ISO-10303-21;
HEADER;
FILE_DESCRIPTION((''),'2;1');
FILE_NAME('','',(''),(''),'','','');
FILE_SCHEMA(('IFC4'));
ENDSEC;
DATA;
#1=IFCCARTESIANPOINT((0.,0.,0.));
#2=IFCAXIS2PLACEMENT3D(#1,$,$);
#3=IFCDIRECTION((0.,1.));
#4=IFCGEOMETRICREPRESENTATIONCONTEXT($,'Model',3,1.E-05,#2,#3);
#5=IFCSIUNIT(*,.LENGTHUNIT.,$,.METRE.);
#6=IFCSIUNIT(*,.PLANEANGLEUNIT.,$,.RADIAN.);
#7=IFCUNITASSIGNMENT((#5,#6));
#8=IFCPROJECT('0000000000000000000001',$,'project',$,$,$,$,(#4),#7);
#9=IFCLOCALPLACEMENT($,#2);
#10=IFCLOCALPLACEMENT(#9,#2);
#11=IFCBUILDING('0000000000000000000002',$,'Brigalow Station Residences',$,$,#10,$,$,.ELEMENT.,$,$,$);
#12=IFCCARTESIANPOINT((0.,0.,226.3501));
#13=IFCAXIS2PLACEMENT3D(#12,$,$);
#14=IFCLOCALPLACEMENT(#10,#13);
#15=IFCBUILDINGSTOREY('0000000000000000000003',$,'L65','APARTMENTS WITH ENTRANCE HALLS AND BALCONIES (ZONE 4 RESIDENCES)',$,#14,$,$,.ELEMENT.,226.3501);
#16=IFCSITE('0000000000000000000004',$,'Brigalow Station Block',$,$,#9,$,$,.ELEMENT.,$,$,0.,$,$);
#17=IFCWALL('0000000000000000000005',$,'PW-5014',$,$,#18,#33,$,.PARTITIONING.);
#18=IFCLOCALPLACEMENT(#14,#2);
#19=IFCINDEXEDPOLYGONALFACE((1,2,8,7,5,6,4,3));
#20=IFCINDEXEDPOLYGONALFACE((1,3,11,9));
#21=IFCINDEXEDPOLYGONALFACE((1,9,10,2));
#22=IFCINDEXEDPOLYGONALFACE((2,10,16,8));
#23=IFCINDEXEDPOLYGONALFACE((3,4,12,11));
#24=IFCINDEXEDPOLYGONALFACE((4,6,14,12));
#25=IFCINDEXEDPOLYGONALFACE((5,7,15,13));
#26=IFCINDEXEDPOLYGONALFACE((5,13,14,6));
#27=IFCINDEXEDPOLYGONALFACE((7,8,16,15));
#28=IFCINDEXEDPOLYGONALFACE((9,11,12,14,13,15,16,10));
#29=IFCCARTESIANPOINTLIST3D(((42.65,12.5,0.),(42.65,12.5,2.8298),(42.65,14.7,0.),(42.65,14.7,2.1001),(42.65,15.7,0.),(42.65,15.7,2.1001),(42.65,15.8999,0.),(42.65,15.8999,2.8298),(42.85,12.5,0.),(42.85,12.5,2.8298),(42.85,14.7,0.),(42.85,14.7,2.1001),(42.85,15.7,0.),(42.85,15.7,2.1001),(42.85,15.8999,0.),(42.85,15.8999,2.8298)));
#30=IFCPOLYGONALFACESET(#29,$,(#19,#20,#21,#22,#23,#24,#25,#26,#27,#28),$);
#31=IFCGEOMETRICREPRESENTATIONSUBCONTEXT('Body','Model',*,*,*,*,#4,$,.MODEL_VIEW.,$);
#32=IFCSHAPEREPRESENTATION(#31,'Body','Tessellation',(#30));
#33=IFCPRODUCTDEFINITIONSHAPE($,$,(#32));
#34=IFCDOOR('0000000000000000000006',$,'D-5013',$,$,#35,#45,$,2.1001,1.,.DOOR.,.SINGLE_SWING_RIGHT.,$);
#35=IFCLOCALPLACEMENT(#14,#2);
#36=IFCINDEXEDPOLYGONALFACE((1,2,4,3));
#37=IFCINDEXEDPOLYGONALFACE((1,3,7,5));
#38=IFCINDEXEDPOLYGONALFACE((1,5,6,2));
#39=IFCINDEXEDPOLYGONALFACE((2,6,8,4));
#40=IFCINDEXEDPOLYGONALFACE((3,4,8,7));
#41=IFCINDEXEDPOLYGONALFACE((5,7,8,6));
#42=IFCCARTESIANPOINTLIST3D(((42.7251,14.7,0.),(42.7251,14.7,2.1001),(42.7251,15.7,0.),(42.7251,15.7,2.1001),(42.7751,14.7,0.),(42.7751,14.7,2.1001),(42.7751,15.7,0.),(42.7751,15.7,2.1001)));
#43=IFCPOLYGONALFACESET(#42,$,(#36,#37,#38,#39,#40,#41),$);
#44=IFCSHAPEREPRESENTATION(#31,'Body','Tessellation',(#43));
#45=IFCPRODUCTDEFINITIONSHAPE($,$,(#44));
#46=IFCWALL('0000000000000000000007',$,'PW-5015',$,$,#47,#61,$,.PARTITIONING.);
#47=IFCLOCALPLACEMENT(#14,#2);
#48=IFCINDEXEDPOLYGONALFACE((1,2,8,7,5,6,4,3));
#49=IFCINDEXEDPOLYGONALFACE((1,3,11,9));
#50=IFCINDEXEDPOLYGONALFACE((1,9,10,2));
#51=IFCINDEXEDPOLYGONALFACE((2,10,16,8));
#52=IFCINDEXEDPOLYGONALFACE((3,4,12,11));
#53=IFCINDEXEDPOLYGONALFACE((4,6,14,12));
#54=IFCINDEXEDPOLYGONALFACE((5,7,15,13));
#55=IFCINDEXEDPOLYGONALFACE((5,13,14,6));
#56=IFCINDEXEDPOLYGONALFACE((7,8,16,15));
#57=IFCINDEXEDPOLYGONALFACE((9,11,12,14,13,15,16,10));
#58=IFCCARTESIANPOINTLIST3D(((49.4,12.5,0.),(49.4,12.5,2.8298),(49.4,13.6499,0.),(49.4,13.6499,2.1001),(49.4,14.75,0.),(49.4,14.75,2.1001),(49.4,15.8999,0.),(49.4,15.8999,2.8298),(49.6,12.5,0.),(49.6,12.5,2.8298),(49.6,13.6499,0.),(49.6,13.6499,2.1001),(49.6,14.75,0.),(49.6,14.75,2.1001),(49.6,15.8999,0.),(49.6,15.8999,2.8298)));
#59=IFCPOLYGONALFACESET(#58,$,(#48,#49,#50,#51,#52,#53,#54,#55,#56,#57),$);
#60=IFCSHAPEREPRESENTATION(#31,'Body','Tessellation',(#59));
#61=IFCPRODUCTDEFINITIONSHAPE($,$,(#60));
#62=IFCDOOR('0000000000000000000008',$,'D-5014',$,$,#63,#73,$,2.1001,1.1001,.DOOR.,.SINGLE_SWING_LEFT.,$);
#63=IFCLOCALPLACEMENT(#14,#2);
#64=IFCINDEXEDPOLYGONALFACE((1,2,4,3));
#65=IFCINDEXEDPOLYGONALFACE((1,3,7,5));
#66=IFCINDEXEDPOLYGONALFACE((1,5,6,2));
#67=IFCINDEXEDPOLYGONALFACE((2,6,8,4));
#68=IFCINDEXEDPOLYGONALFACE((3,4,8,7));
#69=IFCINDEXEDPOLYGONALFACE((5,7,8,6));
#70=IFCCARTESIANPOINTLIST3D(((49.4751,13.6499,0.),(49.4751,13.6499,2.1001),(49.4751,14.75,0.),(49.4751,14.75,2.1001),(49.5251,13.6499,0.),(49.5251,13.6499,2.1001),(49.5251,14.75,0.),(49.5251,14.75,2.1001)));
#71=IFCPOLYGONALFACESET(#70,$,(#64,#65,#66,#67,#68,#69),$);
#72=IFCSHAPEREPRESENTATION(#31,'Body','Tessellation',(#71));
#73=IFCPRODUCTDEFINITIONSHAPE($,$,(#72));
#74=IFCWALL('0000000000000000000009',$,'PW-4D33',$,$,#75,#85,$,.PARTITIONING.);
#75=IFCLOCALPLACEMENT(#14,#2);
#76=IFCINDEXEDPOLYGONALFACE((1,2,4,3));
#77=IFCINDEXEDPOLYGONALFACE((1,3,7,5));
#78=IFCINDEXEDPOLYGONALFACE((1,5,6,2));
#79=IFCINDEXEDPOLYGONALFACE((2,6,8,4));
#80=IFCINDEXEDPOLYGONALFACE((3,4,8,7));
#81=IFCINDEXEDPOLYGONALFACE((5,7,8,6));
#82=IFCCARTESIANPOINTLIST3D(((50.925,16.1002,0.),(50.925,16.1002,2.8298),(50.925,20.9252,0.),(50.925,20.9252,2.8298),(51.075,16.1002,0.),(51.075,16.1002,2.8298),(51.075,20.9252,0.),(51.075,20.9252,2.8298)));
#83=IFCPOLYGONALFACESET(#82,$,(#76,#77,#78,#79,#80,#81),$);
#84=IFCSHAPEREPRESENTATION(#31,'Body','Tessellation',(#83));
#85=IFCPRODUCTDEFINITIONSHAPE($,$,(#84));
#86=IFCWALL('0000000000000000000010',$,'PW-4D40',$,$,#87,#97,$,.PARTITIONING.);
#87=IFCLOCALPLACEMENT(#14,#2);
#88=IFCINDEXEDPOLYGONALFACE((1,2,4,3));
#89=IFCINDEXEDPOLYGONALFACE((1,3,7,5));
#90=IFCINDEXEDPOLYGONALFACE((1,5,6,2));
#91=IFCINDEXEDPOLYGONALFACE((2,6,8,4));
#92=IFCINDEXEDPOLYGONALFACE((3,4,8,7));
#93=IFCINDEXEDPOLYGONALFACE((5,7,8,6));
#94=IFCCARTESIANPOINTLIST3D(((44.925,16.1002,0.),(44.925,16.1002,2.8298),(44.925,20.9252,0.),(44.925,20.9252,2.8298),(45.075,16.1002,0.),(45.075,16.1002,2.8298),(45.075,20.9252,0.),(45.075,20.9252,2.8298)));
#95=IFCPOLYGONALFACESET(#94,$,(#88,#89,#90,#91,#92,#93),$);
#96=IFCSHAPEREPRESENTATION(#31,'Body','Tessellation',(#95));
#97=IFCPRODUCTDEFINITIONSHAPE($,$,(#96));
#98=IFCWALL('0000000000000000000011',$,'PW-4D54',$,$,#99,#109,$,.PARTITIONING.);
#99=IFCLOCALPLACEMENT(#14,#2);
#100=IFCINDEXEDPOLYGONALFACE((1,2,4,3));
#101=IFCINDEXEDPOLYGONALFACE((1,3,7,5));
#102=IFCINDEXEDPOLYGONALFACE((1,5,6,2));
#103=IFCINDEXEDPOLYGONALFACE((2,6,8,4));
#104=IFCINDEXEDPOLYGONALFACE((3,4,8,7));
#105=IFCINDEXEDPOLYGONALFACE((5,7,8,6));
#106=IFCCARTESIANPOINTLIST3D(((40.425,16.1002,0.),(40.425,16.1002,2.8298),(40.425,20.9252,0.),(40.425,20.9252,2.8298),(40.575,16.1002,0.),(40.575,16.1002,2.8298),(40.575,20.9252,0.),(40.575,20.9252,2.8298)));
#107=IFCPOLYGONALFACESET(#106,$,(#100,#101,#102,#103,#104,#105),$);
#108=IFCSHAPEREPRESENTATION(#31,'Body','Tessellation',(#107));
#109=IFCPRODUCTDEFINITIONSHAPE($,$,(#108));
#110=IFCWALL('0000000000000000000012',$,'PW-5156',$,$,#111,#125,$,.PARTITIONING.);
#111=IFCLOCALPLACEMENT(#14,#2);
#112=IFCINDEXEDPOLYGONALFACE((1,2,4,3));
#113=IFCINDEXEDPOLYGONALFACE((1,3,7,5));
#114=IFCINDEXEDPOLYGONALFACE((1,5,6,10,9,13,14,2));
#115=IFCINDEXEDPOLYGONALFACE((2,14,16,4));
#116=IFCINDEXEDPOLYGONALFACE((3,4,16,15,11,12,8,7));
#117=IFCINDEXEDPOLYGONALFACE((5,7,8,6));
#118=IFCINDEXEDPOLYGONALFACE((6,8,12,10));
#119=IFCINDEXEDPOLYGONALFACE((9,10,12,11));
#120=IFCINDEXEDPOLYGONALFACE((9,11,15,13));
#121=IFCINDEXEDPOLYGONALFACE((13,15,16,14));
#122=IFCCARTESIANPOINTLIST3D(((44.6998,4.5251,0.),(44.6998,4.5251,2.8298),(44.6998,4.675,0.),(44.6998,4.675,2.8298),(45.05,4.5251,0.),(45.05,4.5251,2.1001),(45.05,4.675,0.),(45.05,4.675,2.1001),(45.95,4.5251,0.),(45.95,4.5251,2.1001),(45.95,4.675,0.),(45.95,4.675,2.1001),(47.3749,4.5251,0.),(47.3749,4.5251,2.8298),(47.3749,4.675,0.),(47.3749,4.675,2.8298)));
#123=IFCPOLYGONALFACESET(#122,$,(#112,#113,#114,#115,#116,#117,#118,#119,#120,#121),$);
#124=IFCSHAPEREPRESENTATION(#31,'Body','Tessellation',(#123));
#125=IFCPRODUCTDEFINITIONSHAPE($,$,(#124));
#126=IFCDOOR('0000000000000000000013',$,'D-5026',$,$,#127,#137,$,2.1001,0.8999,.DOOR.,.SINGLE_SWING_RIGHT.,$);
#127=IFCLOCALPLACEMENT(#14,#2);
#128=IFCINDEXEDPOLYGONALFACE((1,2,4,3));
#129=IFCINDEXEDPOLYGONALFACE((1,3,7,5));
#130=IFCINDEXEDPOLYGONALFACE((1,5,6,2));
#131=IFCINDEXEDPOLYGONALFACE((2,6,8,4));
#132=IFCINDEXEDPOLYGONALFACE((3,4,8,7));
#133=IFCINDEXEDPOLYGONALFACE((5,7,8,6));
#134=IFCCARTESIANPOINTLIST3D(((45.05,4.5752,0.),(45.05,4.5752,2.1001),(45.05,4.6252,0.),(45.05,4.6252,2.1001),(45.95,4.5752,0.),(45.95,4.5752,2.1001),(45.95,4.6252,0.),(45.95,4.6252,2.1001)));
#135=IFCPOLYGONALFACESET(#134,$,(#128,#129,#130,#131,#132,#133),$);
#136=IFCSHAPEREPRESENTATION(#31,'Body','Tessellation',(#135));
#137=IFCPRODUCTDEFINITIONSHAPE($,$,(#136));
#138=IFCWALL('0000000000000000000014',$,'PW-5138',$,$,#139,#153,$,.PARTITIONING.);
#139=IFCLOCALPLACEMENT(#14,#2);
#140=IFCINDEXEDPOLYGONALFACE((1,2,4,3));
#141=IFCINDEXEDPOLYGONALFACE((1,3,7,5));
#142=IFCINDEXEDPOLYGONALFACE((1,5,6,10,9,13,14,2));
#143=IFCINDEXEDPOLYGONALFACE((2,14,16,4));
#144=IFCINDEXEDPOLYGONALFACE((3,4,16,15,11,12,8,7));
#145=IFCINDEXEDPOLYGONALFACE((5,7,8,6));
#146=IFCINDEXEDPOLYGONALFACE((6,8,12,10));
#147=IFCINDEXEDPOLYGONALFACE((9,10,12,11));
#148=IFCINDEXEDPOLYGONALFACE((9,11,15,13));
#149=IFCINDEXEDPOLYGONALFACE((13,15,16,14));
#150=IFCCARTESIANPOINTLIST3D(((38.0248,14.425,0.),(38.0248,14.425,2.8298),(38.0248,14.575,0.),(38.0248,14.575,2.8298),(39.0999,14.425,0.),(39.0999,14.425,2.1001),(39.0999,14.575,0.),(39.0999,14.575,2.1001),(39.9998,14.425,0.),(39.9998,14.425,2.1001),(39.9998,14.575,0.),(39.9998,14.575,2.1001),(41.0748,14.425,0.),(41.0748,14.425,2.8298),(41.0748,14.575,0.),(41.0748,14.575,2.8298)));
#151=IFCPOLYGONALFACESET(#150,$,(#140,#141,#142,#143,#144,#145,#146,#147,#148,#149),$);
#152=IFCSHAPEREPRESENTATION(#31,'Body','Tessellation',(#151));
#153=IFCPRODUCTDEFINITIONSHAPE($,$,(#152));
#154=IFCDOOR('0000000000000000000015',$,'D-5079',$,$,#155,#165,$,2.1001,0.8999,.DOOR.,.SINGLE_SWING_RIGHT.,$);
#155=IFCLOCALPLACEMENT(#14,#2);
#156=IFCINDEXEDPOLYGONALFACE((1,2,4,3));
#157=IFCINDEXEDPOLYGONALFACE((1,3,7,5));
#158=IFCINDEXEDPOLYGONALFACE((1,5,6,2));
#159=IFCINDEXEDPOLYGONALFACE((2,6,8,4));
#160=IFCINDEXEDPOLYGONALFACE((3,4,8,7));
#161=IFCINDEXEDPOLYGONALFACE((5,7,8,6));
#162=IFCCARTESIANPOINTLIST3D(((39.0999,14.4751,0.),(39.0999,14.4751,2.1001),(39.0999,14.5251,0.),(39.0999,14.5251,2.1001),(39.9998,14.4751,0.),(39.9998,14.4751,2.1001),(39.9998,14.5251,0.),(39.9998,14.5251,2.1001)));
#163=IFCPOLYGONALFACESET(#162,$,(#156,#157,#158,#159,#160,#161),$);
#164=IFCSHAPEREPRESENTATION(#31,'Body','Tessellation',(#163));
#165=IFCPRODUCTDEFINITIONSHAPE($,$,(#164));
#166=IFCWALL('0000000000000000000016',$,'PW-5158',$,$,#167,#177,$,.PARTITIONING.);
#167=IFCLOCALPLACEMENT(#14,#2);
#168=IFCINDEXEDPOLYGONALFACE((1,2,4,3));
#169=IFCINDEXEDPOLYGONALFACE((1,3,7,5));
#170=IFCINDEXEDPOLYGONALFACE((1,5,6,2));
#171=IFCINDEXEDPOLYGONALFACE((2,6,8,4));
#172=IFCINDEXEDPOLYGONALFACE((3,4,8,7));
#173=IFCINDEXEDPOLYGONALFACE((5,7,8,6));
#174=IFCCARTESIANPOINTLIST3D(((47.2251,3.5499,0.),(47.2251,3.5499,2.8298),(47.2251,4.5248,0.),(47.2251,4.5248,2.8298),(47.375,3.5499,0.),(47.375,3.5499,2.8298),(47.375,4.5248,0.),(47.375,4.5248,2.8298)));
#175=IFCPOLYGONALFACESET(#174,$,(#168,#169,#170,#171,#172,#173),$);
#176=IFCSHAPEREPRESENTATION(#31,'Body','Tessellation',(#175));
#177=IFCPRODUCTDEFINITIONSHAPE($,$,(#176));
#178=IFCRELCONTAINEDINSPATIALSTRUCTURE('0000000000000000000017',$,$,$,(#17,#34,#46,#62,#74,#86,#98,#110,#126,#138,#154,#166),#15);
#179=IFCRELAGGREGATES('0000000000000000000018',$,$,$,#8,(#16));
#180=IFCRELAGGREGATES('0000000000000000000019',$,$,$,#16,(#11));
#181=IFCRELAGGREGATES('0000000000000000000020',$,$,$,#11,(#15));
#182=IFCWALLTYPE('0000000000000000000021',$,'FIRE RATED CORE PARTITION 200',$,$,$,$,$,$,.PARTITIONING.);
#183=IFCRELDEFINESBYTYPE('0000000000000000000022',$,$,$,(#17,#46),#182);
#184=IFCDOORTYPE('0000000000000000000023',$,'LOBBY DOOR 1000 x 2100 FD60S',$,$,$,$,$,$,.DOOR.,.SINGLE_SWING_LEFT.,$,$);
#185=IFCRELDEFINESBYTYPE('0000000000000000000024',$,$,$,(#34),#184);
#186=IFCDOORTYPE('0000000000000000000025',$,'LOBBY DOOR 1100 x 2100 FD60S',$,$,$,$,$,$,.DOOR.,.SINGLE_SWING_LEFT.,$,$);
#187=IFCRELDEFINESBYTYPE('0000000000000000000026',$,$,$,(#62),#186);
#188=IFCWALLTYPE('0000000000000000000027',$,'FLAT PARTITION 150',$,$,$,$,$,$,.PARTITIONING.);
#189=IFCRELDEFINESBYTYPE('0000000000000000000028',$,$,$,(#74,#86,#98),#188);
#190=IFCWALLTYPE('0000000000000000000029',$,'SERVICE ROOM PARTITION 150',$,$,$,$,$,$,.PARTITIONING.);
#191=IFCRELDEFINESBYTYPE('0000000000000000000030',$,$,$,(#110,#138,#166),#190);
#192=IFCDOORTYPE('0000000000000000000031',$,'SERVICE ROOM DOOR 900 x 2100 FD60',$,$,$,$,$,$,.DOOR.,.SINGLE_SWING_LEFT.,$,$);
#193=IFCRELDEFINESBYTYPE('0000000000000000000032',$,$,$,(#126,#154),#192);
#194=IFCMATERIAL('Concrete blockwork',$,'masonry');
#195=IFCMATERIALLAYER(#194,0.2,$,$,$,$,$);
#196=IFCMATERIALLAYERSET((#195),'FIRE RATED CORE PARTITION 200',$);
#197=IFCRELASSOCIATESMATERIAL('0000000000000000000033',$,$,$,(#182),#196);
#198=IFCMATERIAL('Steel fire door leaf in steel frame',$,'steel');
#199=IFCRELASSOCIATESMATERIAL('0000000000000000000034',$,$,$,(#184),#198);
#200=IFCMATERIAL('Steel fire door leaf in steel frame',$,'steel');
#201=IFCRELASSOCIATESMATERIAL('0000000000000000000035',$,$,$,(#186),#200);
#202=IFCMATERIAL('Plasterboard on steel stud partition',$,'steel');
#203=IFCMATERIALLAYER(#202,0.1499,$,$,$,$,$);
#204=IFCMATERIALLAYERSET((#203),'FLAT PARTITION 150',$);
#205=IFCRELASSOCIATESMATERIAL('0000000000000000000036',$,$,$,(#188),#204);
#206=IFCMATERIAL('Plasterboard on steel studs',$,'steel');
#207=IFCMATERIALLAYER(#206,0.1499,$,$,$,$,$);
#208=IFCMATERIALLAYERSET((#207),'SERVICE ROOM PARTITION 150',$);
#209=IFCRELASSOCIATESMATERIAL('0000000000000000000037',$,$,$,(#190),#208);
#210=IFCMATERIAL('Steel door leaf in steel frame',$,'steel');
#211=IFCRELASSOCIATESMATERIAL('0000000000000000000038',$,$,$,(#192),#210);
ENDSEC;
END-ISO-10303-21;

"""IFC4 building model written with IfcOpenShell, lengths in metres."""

from ifc_helpers import new_model, si_unit, direction, frame, frame_2d, origin, place, context, subcontext, project, spatial, rectangle, extrude, material, layer, layer_set, type_object, element, fill, save


model = new_model("IFC4")

# Units and contexts
model_context = context("Model", 3, precision=1e-05, world=origin(), true_north=direction((0.0, 1.0)))
body_context = subcontext(model_context, "Body", "Model", "MODEL_VIEW")
ifc_project = project(units=[si_unit("LENGTHUNIT", "METRE"), si_unit("PLANEANGLEUNIT", "RADIAN")], contexts=[model_context])

# Site, building, storey
site_placement = place(None, origin())
site = spatial("IfcSite", under=ifc_project, at=site_placement, Name="Brigalow Station Block", CompositionType="ELEMENT", RefElevation=0.0)
building_placement = place(site_placement, origin())
building = spatial("IfcBuilding", under=site, at=building_placement, Name="Brigalow Station Residences", CompositionType="ELEMENT")
storey_placement = place(building_placement, frame((0.0, 0.0, 226.3501)))
storey = spatial("IfcBuildingStorey", under=building, at=storey_placement, Name="L65", Description="APARTMENTS WITH ENTRANCE HALLS AND BALCONIES (ZONE 4 RESIDENCES)", CompositionType="ELEMENT", Elevation=226.3501)

# Shared definitions
ifc_material_1 = material(Name="Concrete blockwork", Category="masonry")
ifc_layer_1 = layer(ifc_material_1, 0.2)
ifc_layer_set_1 = layer_set([ifc_layer_1], Name="FIRE RATED CORE PARTITION 200")
wall_type_1 = type_object("IfcWallType", Name="FIRE RATED CORE PARTITION 200", PredefinedType="PARTITIONING", material=ifc_layer_set_1)

# Walls, openings, doors
wall_1_placement = place(storey_placement, frame((42.75, 12.5, 0.0), z_axis=(0.0, 0.0, 1.0), x_axis=(0.0, 1.0, 0.0)))
wall_1 = element("IfcWall", 1, at=wall_1_placement, inside=storey, type_object=wall_type_1, Name="PW-5014", PredefinedType="PARTITIONING", context=body_context, shape_type="SweptSolid", body=[
    extrude(rectangle(XDim=3.3999, YDim=0.2, at=frame_2d((1.7, 0.0))), origin(), (0.0, 0.0, 1.0), 2.8298),
])
opening_1_placement = place(wall_1_placement, frame((2.2, 0.0, 0.0)))
opening_1 = element("IfcOpeningElement", 2, at=opening_1_placement, cuts=wall_1, PredefinedType="OPENING", context=body_context, shape_type="SweptSolid", body=[
    extrude(rectangle(XDim=1.0, YDim=2.1001, at=frame_2d((0.5, 1.05))), frame((0.0, 0.1099, 0.0), z_axis=(0.0, -1.0, 0.0), x_axis=(1.0, 0.0, 0.0)), (0.0, 0.0, 1.0), 0.22),
])
ifc_material_2 = material(Name="Steel fire door leaf in steel frame", Category="steel")
door_type_1 = type_object("IfcDoorType", Name="LOBBY DOOR 1000 x 2100 FD60S", OperationType="SINGLE_SWING_LEFT", PredefinedType="DOOR", material=ifc_material_2)
door_1_placement = place(opening_1_placement, origin())
door_1 = element("IfcDoor", 3, at=door_1_placement, inside=storey, type_object=door_type_1, Name="D-5013", OperationType="SINGLE_SWING_RIGHT", OverallHeight=2.1001, OverallWidth=1.0, PredefinedType="DOOR", context=body_context, shape_type="SweptSolid", body=[
    extrude(rectangle(XDim=1.0, YDim=2.1001, at=frame_2d((0.5, 1.05))), frame((0.0, 0.0249, 0.0), z_axis=(0.0, -1.0, 0.0), x_axis=(1.0, 0.0, 0.0)), (0.0, 0.0, 1.0), 0.05),
])
fill(opening_1, door_1)
wall_2_placement = place(storey_placement, frame((49.5, 12.5, 0.0), z_axis=(0.0, 0.0, 1.0), x_axis=(0.0, 1.0, 0.0)))
wall_2 = element("IfcWall", 4, at=wall_2_placement, inside=storey, type_object=wall_type_1, Name="PW-5015", PredefinedType="PARTITIONING", context=body_context, shape_type="SweptSolid", body=[
    extrude(rectangle(XDim=3.3999, YDim=0.2, at=frame_2d((1.7, 0.0))), origin(), (0.0, 0.0, 1.0), 2.8298),
])
opening_2_placement = place(wall_2_placement, frame((1.1499, 0.0, 0.0)))
opening_2 = element("IfcOpeningElement", 5, at=opening_2_placement, cuts=wall_2, PredefinedType="OPENING", context=body_context, shape_type="SweptSolid", body=[
    extrude(rectangle(XDim=1.1001, YDim=2.1001, at=frame_2d((0.55, 1.05))), frame((0.0, 0.1099, 0.0), z_axis=(0.0, -1.0, 0.0), x_axis=(1.0, 0.0, 0.0)), (0.0, 0.0, 1.0), 0.22),
])
ifc_material_3 = material(Name="Steel fire door leaf in steel frame", Category="steel")
door_type_2 = type_object("IfcDoorType", Name="LOBBY DOOR 1100 x 2100 FD60S", OperationType="SINGLE_SWING_LEFT", PredefinedType="DOOR", material=ifc_material_3)
door_2_placement = place(opening_2_placement, origin())
door_2 = element("IfcDoor", 6, at=door_2_placement, inside=storey, type_object=door_type_2, Name="D-5014", OperationType="SINGLE_SWING_LEFT", OverallHeight=2.1001, OverallWidth=1.1001, PredefinedType="DOOR", context=body_context, shape_type="SweptSolid", body=[
    extrude(rectangle(XDim=1.1001, YDim=2.1001, at=frame_2d((0.55, 1.05))), frame((0.0, 0.0249, 0.0), z_axis=(0.0, -1.0, 0.0), x_axis=(1.0, 0.0, 0.0)), (0.0, 0.0, 1.0), 0.05),
])
fill(opening_2, door_2)

# Walls
ifc_material_4 = material(Name="Plasterboard on steel stud partition", Category="steel")
ifc_layer_2 = layer(ifc_material_4, 0.1499)
ifc_layer_set_2 = layer_set([ifc_layer_2], Name="FLAT PARTITION 150")
wall_type_2 = type_object("IfcWallType", Name="FLAT PARTITION 150", PredefinedType="PARTITIONING", material=ifc_layer_set_2)
for number, where, z_axis, x_axis, name in (
    (7, (51.0, 16.1001, 0.0), (0.0, 0.0, 1.0), (0.0, 1.0, 0.0), "PW-4D33"),
    (8, (45.0, 16.1001, 0.0), (0.0, 0.0, 1.0), (0.0, 1.0, 0.0), "PW-4D40"),
    (9, (40.5, 16.1001, 0.0), (0.0, 0.0, 1.0), (0.0, 1.0, 0.0), "PW-4D54"),
):
    element("IfcWall", number, at=place(storey_placement, frame(where, z_axis=z_axis, x_axis=x_axis)), inside=storey, type_object=wall_type_2, Name=name, PredefinedType="PARTITIONING", context=body_context, shape_type="SweptSolid", body=[
        extrude(rectangle(XDim=4.825, YDim=0.1499, at=frame_2d((2.4126, 0.0))), origin(), (0.0, 0.0, 1.0), 2.8298),
    ])

# Walls, openings, doors
ifc_material_5 = material(Name="Plasterboard on steel studs", Category="steel")
ifc_layer_3 = layer(ifc_material_5, 0.1499)
ifc_layer_set_3 = layer_set([ifc_layer_3], Name="SERVICE ROOM PARTITION 150")
wall_type_3 = type_object("IfcWallType", Name="SERVICE ROOM PARTITION 150", PredefinedType="PARTITIONING", material=ifc_layer_set_3)
wall_3_placement = place(storey_placement, frame((44.7, 4.6001, 0.0), z_axis=(0.0, 0.0, 1.0), x_axis=(1.0, 0.0, 0.0)))
wall_3 = element("IfcWall", 10, at=wall_3_placement, inside=storey, type_object=wall_type_3, Name="PW-5156", PredefinedType="PARTITIONING", context=body_context, shape_type="SweptSolid", body=[
    extrude(rectangle(XDim=2.675, YDim=0.1499, at=frame_2d((1.3374, 0.0))), origin(), (0.0, 0.0, 1.0), 2.8298),
])
opening_3_placement = place(wall_3_placement, frame((0.3501, 0.0, 0.0)))
opening_3 = element("IfcOpeningElement", 11, at=opening_3_placement, cuts=wall_3, PredefinedType="OPENING", context=body_context, shape_type="SweptSolid", body=[
    extrude(rectangle(XDim=0.8999, YDim=2.1001, at=frame_2d((0.45, 1.05))), frame((0.0, 0.085, 0.0), z_axis=(0.0, -1.0, 0.0), x_axis=(1.0, 0.0, 0.0)), (0.0, 0.0, 1.0), 0.1699),
])
ifc_material_6 = material(Name="Steel door leaf in steel frame", Category="steel")
door_type_3 = type_object("IfcDoorType", Name="SERVICE ROOM DOOR 900 x 2100 FD60", OperationType="SINGLE_SWING_LEFT", PredefinedType="DOOR", material=ifc_material_6)
door_3_placement = place(opening_3_placement, frame((0.8999, 0.0, 0.0), z_axis=(0.0, 0.0, 1.0), x_axis=(-1.0, 0.0, 0.0)))
door_3 = element("IfcDoor", 12, at=door_3_placement, inside=storey, type_object=door_type_3, Name="D-5026", OperationType="SINGLE_SWING_RIGHT", OverallHeight=2.1001, OverallWidth=0.8999, PredefinedType="DOOR", context=body_context, shape_type="SweptSolid", body=[
    extrude(rectangle(XDim=0.8999, YDim=2.1001, at=frame_2d((0.45, 1.05))), frame((0.0, 0.0249, 0.0), z_axis=(0.0, -1.0, 0.0), x_axis=(1.0, 0.0, 0.0)), (0.0, 0.0, 1.0), 0.05),
])
fill(opening_3, door_3)
wall_4_placement = place(storey_placement, frame((38.0249, 14.5, 0.0), z_axis=(0.0, 0.0, 1.0), x_axis=(1.0, 0.0, 0.0)))
wall_4 = element("IfcWall", 13, at=wall_4_placement, inside=storey, type_object=wall_type_3, Name="PW-5138", PredefinedType="PARTITIONING", context=body_context, shape_type="SweptSolid", body=[
    extrude(rectangle(XDim=3.05, YDim=0.1499, at=frame_2d((1.5249, 0.0))), origin(), (0.0, 0.0, 1.0), 2.8298),
])
opening_4_placement = place(wall_4_placement, frame((1.075, 0.0, 0.0)))
opening_4 = element("IfcOpeningElement", 14, at=opening_4_placement, cuts=wall_4, PredefinedType="OPENING", context=body_context, shape_type="SweptSolid", body=[
    extrude(rectangle(XDim=0.8999, YDim=2.1001, at=frame_2d((0.45, 1.05))), frame((0.0, 0.085, 0.0), z_axis=(0.0, -1.0, 0.0), x_axis=(1.0, 0.0, 0.0)), (0.0, 0.0, 1.0), 0.1699),
])
door_4_placement = place(opening_4_placement, frame((0.8999, 0.0, 0.0), z_axis=(0.0, 0.0, 1.0), x_axis=(-1.0, 0.0, 0.0)))
door_4 = element("IfcDoor", 15, at=door_4_placement, inside=storey, type_object=door_type_3, Name="D-5079", OperationType="SINGLE_SWING_RIGHT", OverallHeight=2.1001, OverallWidth=0.8999, PredefinedType="DOOR", context=body_context, shape_type="SweptSolid", body=[
    extrude(rectangle(XDim=0.8999, YDim=2.1001, at=frame_2d((0.45, 1.05))), frame((0.0, 0.0249, 0.0), z_axis=(0.0, -1.0, 0.0), x_axis=(1.0, 0.0, 0.0)), (0.0, 0.0, 1.0), 0.05),
])
fill(opening_4, door_4)

# Wall
wall_5_placement = place(storey_placement, frame((47.3, 3.55, 0.0), z_axis=(0.0, 0.0, 1.0), x_axis=(0.0, 1.0, 0.0)))
element("IfcWall", 16, at=wall_5_placement, inside=storey, type_object=wall_type_3, Name="PW-5158", PredefinedType="PARTITIONING", context=body_context, shape_type="SweptSolid", body=[
    extrude(rectangle(XDim=0.9749, YDim=0.1499, at=frame_2d((0.4873, 0.0))), origin(), (0.0, 0.0, 1.0), 2.8298),
])

save(model, "model.ifc")
